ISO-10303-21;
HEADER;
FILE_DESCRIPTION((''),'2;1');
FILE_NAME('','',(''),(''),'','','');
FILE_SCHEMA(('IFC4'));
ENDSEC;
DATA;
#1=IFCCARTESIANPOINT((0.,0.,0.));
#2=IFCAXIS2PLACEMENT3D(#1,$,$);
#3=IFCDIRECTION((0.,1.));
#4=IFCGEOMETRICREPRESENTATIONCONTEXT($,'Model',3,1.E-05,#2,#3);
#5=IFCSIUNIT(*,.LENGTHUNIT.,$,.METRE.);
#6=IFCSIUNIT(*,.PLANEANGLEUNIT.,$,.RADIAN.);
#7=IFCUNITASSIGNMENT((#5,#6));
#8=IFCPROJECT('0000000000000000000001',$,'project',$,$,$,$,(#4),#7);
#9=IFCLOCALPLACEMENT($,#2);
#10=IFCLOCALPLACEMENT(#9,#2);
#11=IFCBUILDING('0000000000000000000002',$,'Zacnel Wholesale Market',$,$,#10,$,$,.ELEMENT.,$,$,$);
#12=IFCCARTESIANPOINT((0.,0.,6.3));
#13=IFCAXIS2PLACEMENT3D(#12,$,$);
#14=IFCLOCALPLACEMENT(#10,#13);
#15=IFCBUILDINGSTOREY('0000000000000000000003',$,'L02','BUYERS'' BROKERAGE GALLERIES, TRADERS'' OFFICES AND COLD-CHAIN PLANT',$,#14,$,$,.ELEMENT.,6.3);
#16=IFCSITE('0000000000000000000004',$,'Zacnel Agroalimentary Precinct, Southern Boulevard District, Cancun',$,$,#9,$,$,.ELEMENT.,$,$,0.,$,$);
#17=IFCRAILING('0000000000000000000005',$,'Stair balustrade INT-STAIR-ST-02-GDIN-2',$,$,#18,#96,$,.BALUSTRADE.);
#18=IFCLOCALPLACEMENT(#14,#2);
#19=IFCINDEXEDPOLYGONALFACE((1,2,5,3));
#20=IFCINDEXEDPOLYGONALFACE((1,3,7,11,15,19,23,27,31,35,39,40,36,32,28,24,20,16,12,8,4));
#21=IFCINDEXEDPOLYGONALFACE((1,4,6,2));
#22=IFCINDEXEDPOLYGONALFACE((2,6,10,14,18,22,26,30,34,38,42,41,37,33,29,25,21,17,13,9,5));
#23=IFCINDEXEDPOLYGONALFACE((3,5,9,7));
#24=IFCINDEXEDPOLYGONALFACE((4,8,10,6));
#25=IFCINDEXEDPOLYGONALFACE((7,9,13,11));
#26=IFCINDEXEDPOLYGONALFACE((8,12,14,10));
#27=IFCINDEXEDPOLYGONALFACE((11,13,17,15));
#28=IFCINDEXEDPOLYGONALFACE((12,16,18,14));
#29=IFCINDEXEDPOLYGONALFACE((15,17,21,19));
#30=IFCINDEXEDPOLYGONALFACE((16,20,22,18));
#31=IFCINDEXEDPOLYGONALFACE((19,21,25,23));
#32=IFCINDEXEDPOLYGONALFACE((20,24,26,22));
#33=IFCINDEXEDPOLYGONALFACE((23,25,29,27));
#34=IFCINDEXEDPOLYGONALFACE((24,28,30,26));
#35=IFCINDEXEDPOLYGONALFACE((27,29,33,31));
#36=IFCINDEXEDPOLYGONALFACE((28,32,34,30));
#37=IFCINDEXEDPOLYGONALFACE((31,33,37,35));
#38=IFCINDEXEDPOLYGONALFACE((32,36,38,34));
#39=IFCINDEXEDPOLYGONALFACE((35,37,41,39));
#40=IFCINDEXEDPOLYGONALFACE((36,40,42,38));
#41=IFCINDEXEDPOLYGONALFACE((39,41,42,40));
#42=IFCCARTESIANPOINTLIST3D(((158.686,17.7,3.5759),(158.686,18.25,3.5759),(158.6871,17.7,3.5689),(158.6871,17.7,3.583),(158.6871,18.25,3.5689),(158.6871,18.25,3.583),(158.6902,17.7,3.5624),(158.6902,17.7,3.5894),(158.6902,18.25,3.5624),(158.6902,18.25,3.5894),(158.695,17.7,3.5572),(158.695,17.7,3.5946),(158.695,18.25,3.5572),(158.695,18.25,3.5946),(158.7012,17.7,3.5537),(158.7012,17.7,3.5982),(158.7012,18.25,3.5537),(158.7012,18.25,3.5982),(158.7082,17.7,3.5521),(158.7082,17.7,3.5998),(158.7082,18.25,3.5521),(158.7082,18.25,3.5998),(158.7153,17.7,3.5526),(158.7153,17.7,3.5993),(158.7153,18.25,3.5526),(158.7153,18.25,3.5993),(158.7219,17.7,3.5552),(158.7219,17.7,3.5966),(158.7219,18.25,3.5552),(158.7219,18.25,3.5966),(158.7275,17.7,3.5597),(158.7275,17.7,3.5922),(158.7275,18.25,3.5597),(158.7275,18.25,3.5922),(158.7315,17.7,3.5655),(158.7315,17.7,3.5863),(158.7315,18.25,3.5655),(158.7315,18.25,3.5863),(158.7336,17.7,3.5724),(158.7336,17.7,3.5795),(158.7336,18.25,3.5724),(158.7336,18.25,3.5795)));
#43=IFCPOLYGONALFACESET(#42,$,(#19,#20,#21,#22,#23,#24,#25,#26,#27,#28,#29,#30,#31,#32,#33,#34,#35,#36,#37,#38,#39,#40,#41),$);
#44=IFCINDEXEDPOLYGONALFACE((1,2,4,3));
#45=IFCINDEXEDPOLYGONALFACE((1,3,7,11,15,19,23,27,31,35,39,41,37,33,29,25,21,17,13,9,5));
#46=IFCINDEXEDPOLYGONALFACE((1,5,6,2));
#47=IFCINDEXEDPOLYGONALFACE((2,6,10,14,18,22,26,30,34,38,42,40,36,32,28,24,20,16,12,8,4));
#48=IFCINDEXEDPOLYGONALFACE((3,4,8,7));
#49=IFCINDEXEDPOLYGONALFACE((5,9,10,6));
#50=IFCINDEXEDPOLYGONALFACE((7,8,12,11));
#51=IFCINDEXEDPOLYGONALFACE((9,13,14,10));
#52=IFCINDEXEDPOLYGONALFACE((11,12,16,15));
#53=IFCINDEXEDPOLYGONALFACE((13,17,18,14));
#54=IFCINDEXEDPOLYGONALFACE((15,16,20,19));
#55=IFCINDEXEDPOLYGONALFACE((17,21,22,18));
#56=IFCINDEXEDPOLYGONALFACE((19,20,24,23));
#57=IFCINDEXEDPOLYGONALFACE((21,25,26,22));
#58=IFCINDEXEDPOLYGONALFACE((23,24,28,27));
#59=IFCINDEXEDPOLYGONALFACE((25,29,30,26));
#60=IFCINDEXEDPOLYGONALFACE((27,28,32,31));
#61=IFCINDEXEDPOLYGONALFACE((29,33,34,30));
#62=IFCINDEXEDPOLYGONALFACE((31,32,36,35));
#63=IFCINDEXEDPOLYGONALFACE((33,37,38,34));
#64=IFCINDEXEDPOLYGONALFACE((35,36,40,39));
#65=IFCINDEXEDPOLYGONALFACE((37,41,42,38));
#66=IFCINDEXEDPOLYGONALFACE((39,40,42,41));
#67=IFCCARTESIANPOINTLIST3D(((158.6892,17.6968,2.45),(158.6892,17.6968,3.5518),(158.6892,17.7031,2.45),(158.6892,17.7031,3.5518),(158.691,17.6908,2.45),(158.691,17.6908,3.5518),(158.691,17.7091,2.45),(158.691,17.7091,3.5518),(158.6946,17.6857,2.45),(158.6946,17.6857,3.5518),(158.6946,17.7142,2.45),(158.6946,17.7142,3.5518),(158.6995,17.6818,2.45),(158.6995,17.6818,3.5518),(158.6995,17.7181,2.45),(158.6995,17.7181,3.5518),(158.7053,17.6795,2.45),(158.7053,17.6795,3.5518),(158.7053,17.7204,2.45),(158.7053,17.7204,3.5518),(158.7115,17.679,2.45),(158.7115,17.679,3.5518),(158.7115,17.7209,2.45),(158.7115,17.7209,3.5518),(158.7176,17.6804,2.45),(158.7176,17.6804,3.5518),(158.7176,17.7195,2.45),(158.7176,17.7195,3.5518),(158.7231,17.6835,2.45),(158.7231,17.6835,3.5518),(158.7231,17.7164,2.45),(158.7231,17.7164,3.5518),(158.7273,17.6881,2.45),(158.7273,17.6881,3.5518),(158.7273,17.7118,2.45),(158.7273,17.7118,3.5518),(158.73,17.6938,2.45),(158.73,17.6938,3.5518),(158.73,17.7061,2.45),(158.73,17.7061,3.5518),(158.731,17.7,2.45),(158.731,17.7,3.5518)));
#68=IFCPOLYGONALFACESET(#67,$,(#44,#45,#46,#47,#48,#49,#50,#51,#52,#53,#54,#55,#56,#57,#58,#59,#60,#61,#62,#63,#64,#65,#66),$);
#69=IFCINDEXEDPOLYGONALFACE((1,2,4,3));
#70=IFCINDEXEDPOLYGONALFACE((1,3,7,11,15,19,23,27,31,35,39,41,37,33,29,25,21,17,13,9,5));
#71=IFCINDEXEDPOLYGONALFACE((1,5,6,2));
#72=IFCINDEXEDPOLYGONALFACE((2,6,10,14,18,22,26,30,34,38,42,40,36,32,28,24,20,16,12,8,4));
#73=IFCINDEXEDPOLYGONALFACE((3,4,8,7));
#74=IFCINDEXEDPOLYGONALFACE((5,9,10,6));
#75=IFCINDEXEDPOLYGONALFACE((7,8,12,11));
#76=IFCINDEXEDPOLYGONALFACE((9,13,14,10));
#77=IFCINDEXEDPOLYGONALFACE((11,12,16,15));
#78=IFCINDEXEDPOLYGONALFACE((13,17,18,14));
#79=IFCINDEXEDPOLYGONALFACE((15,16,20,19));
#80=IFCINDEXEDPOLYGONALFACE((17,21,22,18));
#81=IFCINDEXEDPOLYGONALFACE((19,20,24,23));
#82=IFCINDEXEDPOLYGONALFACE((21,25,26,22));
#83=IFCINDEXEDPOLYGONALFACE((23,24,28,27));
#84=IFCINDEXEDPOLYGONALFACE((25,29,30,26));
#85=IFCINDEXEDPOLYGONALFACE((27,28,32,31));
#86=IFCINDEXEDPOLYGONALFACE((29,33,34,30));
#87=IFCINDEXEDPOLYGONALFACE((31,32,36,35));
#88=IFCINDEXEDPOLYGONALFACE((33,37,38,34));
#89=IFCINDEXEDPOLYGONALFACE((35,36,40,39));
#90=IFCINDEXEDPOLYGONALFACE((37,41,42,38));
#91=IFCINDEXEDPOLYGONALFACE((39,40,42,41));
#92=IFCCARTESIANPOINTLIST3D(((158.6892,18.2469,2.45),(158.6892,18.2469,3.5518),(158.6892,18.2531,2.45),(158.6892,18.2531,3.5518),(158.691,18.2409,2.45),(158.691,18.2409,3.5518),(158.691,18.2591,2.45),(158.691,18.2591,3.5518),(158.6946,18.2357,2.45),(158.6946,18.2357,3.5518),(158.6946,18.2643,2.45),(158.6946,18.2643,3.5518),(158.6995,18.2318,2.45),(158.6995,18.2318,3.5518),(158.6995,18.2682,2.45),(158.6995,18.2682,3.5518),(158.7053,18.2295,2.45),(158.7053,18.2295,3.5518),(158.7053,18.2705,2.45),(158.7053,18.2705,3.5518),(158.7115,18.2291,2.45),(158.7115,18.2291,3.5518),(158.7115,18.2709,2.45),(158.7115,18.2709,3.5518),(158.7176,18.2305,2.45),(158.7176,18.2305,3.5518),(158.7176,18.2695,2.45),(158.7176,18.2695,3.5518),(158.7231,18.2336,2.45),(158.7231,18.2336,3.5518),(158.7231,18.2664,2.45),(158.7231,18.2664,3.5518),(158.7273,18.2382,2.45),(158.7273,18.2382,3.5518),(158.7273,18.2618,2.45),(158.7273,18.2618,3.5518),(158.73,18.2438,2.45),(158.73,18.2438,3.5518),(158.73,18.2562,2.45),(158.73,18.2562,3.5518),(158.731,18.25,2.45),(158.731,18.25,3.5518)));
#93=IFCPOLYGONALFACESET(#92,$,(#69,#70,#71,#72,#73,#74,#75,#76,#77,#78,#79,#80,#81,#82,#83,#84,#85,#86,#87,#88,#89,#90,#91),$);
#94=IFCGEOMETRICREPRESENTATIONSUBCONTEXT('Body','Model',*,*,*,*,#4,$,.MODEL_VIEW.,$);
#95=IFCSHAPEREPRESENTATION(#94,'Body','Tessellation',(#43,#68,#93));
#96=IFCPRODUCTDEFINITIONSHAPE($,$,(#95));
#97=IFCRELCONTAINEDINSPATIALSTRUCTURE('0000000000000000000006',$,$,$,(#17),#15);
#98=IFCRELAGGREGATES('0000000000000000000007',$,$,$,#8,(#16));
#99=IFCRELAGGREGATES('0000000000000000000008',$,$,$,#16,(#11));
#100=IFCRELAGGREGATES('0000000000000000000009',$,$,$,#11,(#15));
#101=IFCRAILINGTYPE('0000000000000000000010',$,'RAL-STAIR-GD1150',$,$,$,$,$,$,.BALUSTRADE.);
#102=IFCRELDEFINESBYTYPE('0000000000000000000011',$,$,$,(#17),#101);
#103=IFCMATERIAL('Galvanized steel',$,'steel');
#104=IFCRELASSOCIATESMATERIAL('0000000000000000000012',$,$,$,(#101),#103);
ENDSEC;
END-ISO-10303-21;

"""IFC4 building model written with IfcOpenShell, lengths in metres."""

from ifc_helpers import new_model, si_unit, direction, frame, origin, origin_2d, place, context, subcontext, project, spatial, circle, extrude, material, type_object, element, save


model = new_model("IFC4")

# Units and contexts
model_context = context("Model", 3, precision=1e-05, world=origin(), true_north=direction((0.0, 1.0)))
body_context = subcontext(model_context, "Body", "Model", "MODEL_VIEW")
ifc_project = project(units=[si_unit("LENGTHUNIT", "METRE"), si_unit("PLANEANGLEUNIT", "RADIAN")], contexts=[model_context])

# Site, building, storey
site_placement = place(None, origin())
site = spatial("IfcSite", under=ifc_project, at=site_placement, Name="Zacnel Agroalimentary Precinct, Southern Boulevard District, Cancun", CompositionType="ELEMENT", RefElevation=0.0)
building_placement = place(site_placement, origin())
building = spatial("IfcBuilding", under=site, at=building_placement, Name="Zacnel Wholesale Market", CompositionType="ELEMENT")
storey_placement = place(building_placement, frame((0.0, 0.0, 6.3)))
storey = spatial("IfcBuildingStorey", under=building, at=storey_placement, Name="L02", Description="BUYERS' BROKERAGE GALLERIES, TRADERS' OFFICES AND COLD-CHAIN PLANT", CompositionType="ELEMENT", Elevation=6.3)

# Railing
ifc_material_1 = material(Name="Galvanized steel", Category="steel")
railing_type_1 = type_object("IfcRailingType", Name="RAL-STAIR-GD1150", PredefinedType="BALUSTRADE", material=ifc_material_1)
railing_1_placement = place(storey_placement, frame((158.71, 17.7, 2.45)))
element("IfcRailing", 1, at=railing_1_placement, inside=storey, type_object=railing_type_1, Name="Stair balustrade INT-STAIR-ST-02-GDIN-2", PredefinedType="BALUSTRADE", context=body_context, shape_type="SweptSolid", body=[
    extrude(circle(Radius=0.0239, at=origin_2d()), frame((0.0, 0.0, 1.126), z_axis=(0.0, 1.0, 0.0), x_axis=(-1.0, 0.0, 0.0)), (0.0, 0.0, 1.0), 0.55),
    extrude(circle(Radius=0.021, at=origin_2d()), origin(), (0.0, 0.0, 1.0), 1.1018),
    extrude(circle(Radius=0.021, at=origin_2d()), frame((0.0, 0.55, 0.0)), (0.0, 0.0, 1.0), 1.1018),
])

save(model, "model.ifc")
